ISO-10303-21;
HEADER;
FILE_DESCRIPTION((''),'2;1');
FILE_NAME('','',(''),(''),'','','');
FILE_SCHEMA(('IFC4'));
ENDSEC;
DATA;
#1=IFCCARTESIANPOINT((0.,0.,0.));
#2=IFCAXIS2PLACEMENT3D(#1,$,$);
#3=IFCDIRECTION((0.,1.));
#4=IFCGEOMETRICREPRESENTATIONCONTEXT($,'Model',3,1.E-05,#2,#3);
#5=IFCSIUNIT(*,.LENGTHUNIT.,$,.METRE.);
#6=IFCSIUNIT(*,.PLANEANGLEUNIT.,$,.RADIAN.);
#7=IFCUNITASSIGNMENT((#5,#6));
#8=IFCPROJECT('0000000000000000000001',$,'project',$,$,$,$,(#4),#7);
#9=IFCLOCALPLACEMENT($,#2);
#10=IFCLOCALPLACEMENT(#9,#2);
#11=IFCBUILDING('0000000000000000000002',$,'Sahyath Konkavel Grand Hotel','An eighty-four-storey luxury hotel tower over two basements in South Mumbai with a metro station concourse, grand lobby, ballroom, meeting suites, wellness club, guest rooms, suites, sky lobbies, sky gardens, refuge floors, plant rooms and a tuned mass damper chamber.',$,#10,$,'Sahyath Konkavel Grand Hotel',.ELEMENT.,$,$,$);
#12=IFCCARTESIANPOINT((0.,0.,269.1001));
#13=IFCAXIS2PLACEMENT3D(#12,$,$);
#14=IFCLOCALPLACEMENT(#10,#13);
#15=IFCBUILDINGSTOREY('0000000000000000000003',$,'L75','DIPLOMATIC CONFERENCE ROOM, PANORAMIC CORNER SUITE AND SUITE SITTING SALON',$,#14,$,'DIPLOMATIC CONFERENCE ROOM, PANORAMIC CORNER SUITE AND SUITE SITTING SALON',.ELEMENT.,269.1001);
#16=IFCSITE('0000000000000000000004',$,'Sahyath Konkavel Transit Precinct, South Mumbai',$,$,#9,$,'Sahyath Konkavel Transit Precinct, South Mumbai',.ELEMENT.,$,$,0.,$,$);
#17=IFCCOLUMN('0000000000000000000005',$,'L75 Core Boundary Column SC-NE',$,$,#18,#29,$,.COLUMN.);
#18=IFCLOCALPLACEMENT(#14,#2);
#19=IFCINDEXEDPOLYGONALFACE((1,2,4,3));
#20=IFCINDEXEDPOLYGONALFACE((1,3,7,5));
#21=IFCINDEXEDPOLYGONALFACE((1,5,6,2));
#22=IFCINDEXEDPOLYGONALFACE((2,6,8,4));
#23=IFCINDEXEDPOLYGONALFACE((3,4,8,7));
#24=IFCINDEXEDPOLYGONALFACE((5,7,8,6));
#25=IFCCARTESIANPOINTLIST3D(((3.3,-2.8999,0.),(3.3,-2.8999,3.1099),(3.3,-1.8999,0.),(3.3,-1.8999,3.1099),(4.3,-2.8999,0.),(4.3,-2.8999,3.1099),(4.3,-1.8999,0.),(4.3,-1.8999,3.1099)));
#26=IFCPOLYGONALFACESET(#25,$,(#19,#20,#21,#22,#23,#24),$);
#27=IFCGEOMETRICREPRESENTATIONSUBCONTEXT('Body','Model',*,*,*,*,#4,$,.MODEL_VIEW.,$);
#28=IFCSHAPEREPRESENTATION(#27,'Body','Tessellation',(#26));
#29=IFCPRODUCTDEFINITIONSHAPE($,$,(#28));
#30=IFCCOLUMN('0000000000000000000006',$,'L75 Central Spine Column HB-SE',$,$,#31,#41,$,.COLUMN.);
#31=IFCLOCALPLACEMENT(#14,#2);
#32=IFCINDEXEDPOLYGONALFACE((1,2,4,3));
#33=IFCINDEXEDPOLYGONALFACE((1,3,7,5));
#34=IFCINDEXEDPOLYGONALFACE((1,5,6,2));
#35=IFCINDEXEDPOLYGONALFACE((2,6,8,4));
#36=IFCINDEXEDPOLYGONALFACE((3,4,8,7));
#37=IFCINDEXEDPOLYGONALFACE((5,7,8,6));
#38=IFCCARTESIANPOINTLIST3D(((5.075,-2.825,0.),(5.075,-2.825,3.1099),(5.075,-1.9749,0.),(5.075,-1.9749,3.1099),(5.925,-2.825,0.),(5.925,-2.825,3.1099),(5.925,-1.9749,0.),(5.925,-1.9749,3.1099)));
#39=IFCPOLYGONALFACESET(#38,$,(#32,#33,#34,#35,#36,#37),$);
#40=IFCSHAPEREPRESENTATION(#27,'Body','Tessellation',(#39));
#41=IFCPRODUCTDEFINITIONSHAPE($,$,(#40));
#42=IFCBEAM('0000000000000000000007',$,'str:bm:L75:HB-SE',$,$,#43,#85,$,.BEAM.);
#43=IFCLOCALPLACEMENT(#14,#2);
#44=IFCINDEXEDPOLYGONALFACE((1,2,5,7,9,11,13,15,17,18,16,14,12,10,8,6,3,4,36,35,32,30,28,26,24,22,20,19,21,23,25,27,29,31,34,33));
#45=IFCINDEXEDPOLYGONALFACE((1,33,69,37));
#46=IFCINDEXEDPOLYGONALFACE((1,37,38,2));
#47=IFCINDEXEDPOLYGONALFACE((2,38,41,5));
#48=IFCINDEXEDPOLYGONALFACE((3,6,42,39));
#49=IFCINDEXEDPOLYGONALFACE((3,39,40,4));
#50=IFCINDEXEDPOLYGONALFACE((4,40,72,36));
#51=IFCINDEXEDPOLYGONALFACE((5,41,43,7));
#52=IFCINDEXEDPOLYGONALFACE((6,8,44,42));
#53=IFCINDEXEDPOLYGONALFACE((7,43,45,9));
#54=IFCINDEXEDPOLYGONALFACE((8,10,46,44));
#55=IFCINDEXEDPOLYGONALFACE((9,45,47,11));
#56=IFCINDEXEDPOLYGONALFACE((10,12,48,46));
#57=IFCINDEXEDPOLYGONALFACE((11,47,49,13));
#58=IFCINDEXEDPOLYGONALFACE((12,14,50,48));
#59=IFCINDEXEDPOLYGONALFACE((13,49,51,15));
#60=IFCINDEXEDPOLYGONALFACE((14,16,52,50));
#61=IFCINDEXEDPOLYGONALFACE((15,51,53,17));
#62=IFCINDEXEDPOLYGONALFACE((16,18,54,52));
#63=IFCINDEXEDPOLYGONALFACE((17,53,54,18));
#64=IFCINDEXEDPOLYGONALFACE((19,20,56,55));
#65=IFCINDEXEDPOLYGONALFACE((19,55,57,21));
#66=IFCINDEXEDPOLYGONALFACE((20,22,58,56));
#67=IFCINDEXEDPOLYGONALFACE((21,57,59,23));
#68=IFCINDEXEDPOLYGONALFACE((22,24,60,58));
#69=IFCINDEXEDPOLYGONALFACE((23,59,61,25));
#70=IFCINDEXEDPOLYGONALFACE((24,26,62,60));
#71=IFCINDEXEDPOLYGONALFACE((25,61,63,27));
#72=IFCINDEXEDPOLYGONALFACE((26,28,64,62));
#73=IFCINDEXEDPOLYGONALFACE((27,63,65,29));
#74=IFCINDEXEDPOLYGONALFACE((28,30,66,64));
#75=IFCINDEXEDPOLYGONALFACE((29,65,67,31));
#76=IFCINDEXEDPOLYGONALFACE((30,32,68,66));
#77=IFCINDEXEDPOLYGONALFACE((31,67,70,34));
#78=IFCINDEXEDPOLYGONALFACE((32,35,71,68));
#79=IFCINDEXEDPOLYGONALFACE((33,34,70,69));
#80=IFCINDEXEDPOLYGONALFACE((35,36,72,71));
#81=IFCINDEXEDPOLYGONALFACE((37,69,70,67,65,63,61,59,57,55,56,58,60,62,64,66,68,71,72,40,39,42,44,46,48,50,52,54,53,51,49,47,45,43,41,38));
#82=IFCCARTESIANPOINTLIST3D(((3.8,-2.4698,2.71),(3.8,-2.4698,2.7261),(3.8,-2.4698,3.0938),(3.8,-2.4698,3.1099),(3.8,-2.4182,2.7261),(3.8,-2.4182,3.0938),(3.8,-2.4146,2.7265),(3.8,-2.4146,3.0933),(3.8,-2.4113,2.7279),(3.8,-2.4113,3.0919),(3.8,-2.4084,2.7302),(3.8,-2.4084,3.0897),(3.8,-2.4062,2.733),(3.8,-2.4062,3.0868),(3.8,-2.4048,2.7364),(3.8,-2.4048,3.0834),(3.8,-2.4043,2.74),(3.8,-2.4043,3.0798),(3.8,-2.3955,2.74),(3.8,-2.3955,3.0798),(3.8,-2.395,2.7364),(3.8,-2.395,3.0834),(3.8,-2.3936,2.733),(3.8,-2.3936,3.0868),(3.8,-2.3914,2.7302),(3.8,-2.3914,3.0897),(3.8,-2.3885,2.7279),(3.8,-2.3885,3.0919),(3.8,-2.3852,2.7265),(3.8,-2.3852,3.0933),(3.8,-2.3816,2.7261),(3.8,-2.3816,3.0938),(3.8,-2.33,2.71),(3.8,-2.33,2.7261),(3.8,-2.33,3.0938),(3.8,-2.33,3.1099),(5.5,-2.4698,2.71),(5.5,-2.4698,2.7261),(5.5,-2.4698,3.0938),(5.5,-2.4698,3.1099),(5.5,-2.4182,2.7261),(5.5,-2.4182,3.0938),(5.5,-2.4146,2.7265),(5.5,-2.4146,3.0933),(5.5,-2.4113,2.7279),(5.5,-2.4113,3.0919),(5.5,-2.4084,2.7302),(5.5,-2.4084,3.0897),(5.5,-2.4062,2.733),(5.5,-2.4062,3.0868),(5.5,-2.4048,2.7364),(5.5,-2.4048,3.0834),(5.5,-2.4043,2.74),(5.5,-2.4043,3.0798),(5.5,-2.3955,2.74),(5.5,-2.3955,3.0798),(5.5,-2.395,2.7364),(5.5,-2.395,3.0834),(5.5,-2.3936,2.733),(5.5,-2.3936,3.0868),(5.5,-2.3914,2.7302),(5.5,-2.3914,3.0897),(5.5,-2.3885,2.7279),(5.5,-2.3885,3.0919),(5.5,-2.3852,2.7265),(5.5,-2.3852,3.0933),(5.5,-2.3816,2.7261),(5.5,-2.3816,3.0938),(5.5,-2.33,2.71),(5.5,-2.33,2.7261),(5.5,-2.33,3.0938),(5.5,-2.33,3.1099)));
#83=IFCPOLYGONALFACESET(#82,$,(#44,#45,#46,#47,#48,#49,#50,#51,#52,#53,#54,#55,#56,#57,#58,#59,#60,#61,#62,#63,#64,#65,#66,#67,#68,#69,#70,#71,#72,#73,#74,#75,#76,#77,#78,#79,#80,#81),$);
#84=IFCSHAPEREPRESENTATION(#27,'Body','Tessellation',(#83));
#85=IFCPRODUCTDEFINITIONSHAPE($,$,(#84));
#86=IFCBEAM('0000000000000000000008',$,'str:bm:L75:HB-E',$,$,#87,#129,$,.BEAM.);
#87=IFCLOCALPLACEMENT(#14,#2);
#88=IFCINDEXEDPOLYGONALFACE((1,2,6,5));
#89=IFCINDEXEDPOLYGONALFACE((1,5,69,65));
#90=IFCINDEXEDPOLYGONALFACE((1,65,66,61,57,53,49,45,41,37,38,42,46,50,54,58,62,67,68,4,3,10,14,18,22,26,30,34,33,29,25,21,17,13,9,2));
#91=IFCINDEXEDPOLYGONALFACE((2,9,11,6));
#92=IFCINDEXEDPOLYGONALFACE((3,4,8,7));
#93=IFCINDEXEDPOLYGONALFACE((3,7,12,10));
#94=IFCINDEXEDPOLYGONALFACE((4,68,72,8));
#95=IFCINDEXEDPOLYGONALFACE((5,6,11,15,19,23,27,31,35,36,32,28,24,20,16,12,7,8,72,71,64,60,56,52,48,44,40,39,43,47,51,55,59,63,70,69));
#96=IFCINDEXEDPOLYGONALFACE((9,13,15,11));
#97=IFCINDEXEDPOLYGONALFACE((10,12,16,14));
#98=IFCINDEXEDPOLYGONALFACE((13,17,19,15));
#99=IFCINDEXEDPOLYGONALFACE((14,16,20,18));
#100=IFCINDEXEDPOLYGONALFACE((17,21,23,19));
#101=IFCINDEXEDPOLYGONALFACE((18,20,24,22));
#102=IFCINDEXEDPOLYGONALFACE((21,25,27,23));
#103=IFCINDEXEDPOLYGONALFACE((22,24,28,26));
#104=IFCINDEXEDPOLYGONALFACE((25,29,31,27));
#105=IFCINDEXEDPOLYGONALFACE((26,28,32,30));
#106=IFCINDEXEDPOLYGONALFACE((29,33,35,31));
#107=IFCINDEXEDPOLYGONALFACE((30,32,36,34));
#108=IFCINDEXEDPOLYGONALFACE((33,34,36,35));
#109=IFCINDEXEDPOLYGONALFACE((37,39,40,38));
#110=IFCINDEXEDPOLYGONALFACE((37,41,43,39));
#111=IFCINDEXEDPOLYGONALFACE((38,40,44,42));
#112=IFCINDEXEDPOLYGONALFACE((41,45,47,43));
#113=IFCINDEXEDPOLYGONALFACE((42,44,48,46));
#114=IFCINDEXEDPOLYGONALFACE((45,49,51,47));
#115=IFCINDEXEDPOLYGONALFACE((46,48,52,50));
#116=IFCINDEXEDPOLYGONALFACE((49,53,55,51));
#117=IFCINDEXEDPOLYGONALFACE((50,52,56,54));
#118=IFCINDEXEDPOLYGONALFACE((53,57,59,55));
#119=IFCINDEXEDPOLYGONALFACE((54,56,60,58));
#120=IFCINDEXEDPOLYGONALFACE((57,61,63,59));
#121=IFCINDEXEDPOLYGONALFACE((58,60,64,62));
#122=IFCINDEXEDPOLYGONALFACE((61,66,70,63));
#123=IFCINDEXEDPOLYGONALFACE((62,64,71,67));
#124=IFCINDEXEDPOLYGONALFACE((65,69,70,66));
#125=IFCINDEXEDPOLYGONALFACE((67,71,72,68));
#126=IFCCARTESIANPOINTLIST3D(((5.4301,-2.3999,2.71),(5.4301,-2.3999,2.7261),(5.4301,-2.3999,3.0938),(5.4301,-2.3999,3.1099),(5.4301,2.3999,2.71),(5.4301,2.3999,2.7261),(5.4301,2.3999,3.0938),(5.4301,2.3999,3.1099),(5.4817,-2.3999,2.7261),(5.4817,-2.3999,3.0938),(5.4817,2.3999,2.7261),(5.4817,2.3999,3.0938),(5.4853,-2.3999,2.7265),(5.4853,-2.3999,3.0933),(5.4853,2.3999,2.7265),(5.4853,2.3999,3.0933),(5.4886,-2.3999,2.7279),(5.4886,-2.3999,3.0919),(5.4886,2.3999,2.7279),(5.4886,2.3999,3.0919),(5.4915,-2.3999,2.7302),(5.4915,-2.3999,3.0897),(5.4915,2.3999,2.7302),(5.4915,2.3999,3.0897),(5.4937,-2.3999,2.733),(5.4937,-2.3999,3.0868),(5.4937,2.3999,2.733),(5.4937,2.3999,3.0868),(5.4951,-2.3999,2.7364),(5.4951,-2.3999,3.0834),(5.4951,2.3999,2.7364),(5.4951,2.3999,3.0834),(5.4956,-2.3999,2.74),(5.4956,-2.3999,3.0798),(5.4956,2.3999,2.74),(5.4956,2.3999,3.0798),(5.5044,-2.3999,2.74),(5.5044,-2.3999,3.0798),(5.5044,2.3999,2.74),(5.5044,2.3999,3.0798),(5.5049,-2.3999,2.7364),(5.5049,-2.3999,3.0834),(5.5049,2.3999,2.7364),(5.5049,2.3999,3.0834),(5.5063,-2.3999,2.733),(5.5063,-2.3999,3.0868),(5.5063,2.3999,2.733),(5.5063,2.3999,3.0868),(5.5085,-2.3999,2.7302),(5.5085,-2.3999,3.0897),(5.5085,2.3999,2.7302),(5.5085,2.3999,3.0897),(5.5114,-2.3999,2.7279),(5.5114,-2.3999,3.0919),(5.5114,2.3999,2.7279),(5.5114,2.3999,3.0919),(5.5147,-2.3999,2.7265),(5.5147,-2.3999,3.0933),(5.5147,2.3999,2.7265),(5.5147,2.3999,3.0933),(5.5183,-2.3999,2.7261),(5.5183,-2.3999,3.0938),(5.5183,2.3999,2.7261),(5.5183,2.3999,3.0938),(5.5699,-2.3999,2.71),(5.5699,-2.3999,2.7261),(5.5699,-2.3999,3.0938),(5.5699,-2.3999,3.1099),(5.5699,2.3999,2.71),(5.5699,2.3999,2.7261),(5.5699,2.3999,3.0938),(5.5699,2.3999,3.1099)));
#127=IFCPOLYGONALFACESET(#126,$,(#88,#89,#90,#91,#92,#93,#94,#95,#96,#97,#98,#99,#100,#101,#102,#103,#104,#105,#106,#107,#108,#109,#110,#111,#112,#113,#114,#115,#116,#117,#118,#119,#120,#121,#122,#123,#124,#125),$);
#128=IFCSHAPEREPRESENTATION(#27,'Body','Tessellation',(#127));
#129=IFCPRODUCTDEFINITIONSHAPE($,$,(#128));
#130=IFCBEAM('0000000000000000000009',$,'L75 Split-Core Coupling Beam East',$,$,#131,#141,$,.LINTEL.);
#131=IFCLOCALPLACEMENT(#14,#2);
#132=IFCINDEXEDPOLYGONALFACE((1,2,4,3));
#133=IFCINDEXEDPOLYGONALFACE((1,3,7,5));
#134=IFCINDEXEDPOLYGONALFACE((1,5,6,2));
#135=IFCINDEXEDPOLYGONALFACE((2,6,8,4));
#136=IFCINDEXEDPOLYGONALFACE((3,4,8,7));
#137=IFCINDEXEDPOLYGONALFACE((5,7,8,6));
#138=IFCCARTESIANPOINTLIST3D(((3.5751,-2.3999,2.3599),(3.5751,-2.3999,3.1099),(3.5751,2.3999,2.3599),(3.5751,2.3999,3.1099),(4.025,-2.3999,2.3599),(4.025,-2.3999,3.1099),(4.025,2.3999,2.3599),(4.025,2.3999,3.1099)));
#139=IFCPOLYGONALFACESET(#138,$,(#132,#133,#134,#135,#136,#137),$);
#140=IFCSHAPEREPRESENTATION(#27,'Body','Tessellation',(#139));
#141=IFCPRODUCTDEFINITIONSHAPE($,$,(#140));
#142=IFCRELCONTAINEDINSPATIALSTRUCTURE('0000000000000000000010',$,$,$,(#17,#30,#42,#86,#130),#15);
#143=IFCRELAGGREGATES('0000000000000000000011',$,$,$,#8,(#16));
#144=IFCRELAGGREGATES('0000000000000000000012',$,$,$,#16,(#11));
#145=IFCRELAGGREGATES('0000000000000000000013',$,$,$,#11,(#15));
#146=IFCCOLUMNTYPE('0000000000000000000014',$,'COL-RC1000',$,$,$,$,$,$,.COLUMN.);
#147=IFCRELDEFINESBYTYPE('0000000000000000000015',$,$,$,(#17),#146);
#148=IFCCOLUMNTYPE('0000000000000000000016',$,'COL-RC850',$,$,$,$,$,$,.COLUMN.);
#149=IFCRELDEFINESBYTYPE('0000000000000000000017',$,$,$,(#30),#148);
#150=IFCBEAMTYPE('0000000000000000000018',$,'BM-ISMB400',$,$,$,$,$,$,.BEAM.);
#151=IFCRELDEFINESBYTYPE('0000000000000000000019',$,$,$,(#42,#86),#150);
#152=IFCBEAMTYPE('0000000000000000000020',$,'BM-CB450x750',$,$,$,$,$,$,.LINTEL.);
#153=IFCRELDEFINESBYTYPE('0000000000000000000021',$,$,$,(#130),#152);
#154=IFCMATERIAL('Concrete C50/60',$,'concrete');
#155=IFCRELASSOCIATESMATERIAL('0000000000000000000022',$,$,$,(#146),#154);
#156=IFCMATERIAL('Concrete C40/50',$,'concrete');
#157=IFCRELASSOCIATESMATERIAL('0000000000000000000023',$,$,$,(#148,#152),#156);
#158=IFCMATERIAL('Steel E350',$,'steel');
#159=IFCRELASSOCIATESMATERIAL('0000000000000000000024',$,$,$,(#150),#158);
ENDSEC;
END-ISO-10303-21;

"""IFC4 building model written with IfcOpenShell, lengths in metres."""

from ifc_helpers import new_model, si_unit, direction, frame, origin, origin_2d, place, context, subcontext, project, spatial, rectangle, i_section, extrude, source, transform, mapped, material, material_profile, profile_set, type_object, element, save


model = new_model("IFC4")

# Units and contexts
model_context = context("Model", 3, precision=1e-05, world=origin(), true_north=direction((0.0, 1.0)))
body_context = subcontext(model_context, "Body", "Model", "MODEL_VIEW")
ifc_project = project(units=[si_unit("LENGTHUNIT", "METRE"), si_unit("PLANEANGLEUNIT", "RADIAN")], contexts=[model_context])

# Site, building, storey
site_placement = place(None, origin())
site = spatial("IfcSite", under=ifc_project, at=site_placement, Name="Sahyath Konkavel Transit Precinct, South Mumbai", LongName="Sahyath Konkavel Transit Precinct, South Mumbai", CompositionType="ELEMENT", RefElevation=0.0)
building_placement = place(site_placement, origin())
building = spatial("IfcBuilding", under=site, at=building_placement, Name="Sahyath Konkavel Grand Hotel", Description="An eighty-four-storey luxury hotel tower over two basements in South Mumbai with a metro station concourse, grand lobby, ballroom, meeting suites, wellness club, guest rooms, suites, sky lobbies, sky gardens, refuge floors, plant rooms and a tuned mass damper chamber.", LongName="Sahyath Konkavel Grand Hotel", CompositionType="ELEMENT")
storey_placement = place(building_placement, frame((0.0, 0.0, 269.1001)))
storey = spatial("IfcBuildingStorey", under=building, at=storey_placement, Name="L75", Description="DIPLOMATIC CONFERENCE ROOM, PANORAMIC CORNER SUITE AND SUITE SITTING SALON", LongName="DIPLOMATIC CONFERENCE ROOM, PANORAMIC CORNER SUITE AND SUITE SITTING SALON", CompositionType="ELEMENT", Elevation=269.1001)

# Columns
ifc_material_1 = material(Name="Concrete C50/60", Category="concrete")
ifc_material_profile_1 = material_profile(ifc_material_1, rectangle(XDim=1.0, YDim=1.0, at=origin_2d()), Name="RC 1000x1000")
ifc_profile_set_1 = profile_set([ifc_material_profile_1], Name="Concrete C50/60")
column_type_1 = type_object("IfcColumnType", Name="COL-RC1000", PredefinedType="COLUMN", material=ifc_profile_set_1)
shared_shape_1 = source(origin(), body_context, "Body", "SweptSolid", [
    extrude(rectangle(XDim=1.0, YDim=1.0, at=origin_2d()), origin(), (0.0, 0.0, 1.0), 3.1099),
])
column_1_placement = place(storey_placement, frame((3.8, -2.3999, 0.0), z_axis=(0.0, 0.0, 1.0), x_axis=(1.0, 0.0, 0.0)))
element("IfcColumn", 1, at=column_1_placement, inside=storey, type_object=column_type_1, Name="L75 Core Boundary Column SC-NE", PredefinedType="COLUMN", context=body_context, shape_type="MappedRepresentation", body=[
    mapped(shared_shape_1, transform((0.0, 0.0, 0.0), scale=1.0)),
])
ifc_material_2 = material(Name="Concrete C40/50", Category="concrete")
ifc_material_profile_2 = material_profile(ifc_material_2, rectangle(XDim=0.8501, YDim=0.8501, at=origin_2d()), Name="RC 850x850")
ifc_profile_set_2 = profile_set([ifc_material_profile_2], Name="Concrete C40/50")
column_type_2 = type_object("IfcColumnType", Name="COL-RC850", PredefinedType="COLUMN", material=ifc_profile_set_2)
shared_shape_2 = source(origin(), body_context, "Body", "SweptSolid", [
    extrude(rectangle(XDim=0.8501, YDim=0.8501, at=origin_2d()), origin(), (0.0, 0.0, 1.0), 3.1099),
])
column_2_placement = place(storey_placement, frame((5.5, -2.3999, 0.0), z_axis=(0.0, 0.0, 1.0), x_axis=(1.0, 0.0, 0.0)))
element("IfcColumn", 2, at=column_2_placement, inside=storey, type_object=column_type_2, Name="L75 Central Spine Column HB-SE", PredefinedType="COLUMN", context=body_context, shape_type="MappedRepresentation", body=[
    mapped(shared_shape_2, transform((0.0, 0.0, 0.0), scale=1.0)),
])

# Beams
ifc_material_3 = material(Name="Steel E350", Category="steel")
ifc_material_profile_3 = material_profile(ifc_material_3, i_section(OverallWidth=0.1399, OverallDepth=0.3999, WebThickness=0.0088, FlangeThickness=0.0161, FilletRadius=0.0139, at=origin_2d()), Name="ISMB 400")
ifc_profile_set_3 = profile_set([ifc_material_profile_3], Name="Steel E350")
beam_type_1 = type_object("IfcBeamType", Name="BM-ISMB400", PredefinedType="BEAM", material=ifc_profile_set_3)
shared_shape_3 = source(origin(), body_context, "Body", "SweptSolid", [
    extrude(i_section(OverallWidth=0.1399, OverallDepth=0.3999, WebThickness=0.0088, FlangeThickness=0.0161, FilletRadius=0.0139, at=origin_2d()), origin(), (0.0, 0.0, 1.0), 1.7),
])
beam_1_placement = place(storey_placement, frame((3.8, -2.3999, 2.9099), z_axis=(1.0, 0.0, 0.0), x_axis=(0.0, 1.0, 0.0)))
element("IfcBeam", 3, at=beam_1_placement, inside=storey, type_object=beam_type_1, Name="str:bm:L75:HB-SE", PredefinedType="BEAM", context=body_context, shape_type="MappedRepresentation", body=[
    mapped(shared_shape_3, transform((0.0, 0.0, 0.0), scale=1.0)),
])
shared_shape_4 = source(origin(), body_context, "Body", "SweptSolid", [
    extrude(i_section(OverallWidth=0.1399, OverallDepth=0.3999, WebThickness=0.0088, FlangeThickness=0.0161, FilletRadius=0.0139, at=origin_2d()), origin(), (0.0, 0.0, 1.0), 4.7998),
])
beam_2_placement = place(storey_placement, frame((5.5, -2.3999, 2.9099), z_axis=(0.0, 1.0, 0.0), x_axis=(-1.0, 0.0, 0.0)))
element("IfcBeam", 4, at=beam_2_placement, inside=storey, type_object=beam_type_1, Name="str:bm:L75:HB-E", PredefinedType="BEAM", context=body_context, shape_type="MappedRepresentation", body=[
    mapped(shared_shape_4, transform((0.0, 0.0, 0.0), scale=1.0)),
])
ifc_material_profile_4 = material_profile(ifc_material_2, rectangle(XDim=0.45, YDim=0.75, at=origin_2d()), Name="RC 450x750")
ifc_profile_set_4 = profile_set([ifc_material_profile_4], Name="Concrete C40/50")
beam_type_2 = type_object("IfcBeamType", Name="BM-CB450x750", PredefinedType="LINTEL", material=ifc_profile_set_4)
shared_shape_5 = source(origin(), body_context, "Body", "SweptSolid", [
    extrude(rectangle(XDim=0.45, YDim=0.75, at=origin_2d()), origin(), (0.0, 0.0, 1.0), 4.7998),
])
beam_3_placement = place(storey_placement, frame((3.8, -2.3999, 2.7349), z_axis=(0.0, 1.0, 0.0), x_axis=(-1.0, 0.0, 0.0)))
element("IfcBeam", 5, at=beam_3_placement, inside=storey, type_object=beam_type_2, Name="L75 Split-Core Coupling Beam East", PredefinedType="LINTEL", context=body_context, shape_type="MappedRepresentation", body=[
    mapped(shared_shape_5, transform((0.0, 0.0, 0.0), scale=1.0)),
])

save(model, "model.ifc")
